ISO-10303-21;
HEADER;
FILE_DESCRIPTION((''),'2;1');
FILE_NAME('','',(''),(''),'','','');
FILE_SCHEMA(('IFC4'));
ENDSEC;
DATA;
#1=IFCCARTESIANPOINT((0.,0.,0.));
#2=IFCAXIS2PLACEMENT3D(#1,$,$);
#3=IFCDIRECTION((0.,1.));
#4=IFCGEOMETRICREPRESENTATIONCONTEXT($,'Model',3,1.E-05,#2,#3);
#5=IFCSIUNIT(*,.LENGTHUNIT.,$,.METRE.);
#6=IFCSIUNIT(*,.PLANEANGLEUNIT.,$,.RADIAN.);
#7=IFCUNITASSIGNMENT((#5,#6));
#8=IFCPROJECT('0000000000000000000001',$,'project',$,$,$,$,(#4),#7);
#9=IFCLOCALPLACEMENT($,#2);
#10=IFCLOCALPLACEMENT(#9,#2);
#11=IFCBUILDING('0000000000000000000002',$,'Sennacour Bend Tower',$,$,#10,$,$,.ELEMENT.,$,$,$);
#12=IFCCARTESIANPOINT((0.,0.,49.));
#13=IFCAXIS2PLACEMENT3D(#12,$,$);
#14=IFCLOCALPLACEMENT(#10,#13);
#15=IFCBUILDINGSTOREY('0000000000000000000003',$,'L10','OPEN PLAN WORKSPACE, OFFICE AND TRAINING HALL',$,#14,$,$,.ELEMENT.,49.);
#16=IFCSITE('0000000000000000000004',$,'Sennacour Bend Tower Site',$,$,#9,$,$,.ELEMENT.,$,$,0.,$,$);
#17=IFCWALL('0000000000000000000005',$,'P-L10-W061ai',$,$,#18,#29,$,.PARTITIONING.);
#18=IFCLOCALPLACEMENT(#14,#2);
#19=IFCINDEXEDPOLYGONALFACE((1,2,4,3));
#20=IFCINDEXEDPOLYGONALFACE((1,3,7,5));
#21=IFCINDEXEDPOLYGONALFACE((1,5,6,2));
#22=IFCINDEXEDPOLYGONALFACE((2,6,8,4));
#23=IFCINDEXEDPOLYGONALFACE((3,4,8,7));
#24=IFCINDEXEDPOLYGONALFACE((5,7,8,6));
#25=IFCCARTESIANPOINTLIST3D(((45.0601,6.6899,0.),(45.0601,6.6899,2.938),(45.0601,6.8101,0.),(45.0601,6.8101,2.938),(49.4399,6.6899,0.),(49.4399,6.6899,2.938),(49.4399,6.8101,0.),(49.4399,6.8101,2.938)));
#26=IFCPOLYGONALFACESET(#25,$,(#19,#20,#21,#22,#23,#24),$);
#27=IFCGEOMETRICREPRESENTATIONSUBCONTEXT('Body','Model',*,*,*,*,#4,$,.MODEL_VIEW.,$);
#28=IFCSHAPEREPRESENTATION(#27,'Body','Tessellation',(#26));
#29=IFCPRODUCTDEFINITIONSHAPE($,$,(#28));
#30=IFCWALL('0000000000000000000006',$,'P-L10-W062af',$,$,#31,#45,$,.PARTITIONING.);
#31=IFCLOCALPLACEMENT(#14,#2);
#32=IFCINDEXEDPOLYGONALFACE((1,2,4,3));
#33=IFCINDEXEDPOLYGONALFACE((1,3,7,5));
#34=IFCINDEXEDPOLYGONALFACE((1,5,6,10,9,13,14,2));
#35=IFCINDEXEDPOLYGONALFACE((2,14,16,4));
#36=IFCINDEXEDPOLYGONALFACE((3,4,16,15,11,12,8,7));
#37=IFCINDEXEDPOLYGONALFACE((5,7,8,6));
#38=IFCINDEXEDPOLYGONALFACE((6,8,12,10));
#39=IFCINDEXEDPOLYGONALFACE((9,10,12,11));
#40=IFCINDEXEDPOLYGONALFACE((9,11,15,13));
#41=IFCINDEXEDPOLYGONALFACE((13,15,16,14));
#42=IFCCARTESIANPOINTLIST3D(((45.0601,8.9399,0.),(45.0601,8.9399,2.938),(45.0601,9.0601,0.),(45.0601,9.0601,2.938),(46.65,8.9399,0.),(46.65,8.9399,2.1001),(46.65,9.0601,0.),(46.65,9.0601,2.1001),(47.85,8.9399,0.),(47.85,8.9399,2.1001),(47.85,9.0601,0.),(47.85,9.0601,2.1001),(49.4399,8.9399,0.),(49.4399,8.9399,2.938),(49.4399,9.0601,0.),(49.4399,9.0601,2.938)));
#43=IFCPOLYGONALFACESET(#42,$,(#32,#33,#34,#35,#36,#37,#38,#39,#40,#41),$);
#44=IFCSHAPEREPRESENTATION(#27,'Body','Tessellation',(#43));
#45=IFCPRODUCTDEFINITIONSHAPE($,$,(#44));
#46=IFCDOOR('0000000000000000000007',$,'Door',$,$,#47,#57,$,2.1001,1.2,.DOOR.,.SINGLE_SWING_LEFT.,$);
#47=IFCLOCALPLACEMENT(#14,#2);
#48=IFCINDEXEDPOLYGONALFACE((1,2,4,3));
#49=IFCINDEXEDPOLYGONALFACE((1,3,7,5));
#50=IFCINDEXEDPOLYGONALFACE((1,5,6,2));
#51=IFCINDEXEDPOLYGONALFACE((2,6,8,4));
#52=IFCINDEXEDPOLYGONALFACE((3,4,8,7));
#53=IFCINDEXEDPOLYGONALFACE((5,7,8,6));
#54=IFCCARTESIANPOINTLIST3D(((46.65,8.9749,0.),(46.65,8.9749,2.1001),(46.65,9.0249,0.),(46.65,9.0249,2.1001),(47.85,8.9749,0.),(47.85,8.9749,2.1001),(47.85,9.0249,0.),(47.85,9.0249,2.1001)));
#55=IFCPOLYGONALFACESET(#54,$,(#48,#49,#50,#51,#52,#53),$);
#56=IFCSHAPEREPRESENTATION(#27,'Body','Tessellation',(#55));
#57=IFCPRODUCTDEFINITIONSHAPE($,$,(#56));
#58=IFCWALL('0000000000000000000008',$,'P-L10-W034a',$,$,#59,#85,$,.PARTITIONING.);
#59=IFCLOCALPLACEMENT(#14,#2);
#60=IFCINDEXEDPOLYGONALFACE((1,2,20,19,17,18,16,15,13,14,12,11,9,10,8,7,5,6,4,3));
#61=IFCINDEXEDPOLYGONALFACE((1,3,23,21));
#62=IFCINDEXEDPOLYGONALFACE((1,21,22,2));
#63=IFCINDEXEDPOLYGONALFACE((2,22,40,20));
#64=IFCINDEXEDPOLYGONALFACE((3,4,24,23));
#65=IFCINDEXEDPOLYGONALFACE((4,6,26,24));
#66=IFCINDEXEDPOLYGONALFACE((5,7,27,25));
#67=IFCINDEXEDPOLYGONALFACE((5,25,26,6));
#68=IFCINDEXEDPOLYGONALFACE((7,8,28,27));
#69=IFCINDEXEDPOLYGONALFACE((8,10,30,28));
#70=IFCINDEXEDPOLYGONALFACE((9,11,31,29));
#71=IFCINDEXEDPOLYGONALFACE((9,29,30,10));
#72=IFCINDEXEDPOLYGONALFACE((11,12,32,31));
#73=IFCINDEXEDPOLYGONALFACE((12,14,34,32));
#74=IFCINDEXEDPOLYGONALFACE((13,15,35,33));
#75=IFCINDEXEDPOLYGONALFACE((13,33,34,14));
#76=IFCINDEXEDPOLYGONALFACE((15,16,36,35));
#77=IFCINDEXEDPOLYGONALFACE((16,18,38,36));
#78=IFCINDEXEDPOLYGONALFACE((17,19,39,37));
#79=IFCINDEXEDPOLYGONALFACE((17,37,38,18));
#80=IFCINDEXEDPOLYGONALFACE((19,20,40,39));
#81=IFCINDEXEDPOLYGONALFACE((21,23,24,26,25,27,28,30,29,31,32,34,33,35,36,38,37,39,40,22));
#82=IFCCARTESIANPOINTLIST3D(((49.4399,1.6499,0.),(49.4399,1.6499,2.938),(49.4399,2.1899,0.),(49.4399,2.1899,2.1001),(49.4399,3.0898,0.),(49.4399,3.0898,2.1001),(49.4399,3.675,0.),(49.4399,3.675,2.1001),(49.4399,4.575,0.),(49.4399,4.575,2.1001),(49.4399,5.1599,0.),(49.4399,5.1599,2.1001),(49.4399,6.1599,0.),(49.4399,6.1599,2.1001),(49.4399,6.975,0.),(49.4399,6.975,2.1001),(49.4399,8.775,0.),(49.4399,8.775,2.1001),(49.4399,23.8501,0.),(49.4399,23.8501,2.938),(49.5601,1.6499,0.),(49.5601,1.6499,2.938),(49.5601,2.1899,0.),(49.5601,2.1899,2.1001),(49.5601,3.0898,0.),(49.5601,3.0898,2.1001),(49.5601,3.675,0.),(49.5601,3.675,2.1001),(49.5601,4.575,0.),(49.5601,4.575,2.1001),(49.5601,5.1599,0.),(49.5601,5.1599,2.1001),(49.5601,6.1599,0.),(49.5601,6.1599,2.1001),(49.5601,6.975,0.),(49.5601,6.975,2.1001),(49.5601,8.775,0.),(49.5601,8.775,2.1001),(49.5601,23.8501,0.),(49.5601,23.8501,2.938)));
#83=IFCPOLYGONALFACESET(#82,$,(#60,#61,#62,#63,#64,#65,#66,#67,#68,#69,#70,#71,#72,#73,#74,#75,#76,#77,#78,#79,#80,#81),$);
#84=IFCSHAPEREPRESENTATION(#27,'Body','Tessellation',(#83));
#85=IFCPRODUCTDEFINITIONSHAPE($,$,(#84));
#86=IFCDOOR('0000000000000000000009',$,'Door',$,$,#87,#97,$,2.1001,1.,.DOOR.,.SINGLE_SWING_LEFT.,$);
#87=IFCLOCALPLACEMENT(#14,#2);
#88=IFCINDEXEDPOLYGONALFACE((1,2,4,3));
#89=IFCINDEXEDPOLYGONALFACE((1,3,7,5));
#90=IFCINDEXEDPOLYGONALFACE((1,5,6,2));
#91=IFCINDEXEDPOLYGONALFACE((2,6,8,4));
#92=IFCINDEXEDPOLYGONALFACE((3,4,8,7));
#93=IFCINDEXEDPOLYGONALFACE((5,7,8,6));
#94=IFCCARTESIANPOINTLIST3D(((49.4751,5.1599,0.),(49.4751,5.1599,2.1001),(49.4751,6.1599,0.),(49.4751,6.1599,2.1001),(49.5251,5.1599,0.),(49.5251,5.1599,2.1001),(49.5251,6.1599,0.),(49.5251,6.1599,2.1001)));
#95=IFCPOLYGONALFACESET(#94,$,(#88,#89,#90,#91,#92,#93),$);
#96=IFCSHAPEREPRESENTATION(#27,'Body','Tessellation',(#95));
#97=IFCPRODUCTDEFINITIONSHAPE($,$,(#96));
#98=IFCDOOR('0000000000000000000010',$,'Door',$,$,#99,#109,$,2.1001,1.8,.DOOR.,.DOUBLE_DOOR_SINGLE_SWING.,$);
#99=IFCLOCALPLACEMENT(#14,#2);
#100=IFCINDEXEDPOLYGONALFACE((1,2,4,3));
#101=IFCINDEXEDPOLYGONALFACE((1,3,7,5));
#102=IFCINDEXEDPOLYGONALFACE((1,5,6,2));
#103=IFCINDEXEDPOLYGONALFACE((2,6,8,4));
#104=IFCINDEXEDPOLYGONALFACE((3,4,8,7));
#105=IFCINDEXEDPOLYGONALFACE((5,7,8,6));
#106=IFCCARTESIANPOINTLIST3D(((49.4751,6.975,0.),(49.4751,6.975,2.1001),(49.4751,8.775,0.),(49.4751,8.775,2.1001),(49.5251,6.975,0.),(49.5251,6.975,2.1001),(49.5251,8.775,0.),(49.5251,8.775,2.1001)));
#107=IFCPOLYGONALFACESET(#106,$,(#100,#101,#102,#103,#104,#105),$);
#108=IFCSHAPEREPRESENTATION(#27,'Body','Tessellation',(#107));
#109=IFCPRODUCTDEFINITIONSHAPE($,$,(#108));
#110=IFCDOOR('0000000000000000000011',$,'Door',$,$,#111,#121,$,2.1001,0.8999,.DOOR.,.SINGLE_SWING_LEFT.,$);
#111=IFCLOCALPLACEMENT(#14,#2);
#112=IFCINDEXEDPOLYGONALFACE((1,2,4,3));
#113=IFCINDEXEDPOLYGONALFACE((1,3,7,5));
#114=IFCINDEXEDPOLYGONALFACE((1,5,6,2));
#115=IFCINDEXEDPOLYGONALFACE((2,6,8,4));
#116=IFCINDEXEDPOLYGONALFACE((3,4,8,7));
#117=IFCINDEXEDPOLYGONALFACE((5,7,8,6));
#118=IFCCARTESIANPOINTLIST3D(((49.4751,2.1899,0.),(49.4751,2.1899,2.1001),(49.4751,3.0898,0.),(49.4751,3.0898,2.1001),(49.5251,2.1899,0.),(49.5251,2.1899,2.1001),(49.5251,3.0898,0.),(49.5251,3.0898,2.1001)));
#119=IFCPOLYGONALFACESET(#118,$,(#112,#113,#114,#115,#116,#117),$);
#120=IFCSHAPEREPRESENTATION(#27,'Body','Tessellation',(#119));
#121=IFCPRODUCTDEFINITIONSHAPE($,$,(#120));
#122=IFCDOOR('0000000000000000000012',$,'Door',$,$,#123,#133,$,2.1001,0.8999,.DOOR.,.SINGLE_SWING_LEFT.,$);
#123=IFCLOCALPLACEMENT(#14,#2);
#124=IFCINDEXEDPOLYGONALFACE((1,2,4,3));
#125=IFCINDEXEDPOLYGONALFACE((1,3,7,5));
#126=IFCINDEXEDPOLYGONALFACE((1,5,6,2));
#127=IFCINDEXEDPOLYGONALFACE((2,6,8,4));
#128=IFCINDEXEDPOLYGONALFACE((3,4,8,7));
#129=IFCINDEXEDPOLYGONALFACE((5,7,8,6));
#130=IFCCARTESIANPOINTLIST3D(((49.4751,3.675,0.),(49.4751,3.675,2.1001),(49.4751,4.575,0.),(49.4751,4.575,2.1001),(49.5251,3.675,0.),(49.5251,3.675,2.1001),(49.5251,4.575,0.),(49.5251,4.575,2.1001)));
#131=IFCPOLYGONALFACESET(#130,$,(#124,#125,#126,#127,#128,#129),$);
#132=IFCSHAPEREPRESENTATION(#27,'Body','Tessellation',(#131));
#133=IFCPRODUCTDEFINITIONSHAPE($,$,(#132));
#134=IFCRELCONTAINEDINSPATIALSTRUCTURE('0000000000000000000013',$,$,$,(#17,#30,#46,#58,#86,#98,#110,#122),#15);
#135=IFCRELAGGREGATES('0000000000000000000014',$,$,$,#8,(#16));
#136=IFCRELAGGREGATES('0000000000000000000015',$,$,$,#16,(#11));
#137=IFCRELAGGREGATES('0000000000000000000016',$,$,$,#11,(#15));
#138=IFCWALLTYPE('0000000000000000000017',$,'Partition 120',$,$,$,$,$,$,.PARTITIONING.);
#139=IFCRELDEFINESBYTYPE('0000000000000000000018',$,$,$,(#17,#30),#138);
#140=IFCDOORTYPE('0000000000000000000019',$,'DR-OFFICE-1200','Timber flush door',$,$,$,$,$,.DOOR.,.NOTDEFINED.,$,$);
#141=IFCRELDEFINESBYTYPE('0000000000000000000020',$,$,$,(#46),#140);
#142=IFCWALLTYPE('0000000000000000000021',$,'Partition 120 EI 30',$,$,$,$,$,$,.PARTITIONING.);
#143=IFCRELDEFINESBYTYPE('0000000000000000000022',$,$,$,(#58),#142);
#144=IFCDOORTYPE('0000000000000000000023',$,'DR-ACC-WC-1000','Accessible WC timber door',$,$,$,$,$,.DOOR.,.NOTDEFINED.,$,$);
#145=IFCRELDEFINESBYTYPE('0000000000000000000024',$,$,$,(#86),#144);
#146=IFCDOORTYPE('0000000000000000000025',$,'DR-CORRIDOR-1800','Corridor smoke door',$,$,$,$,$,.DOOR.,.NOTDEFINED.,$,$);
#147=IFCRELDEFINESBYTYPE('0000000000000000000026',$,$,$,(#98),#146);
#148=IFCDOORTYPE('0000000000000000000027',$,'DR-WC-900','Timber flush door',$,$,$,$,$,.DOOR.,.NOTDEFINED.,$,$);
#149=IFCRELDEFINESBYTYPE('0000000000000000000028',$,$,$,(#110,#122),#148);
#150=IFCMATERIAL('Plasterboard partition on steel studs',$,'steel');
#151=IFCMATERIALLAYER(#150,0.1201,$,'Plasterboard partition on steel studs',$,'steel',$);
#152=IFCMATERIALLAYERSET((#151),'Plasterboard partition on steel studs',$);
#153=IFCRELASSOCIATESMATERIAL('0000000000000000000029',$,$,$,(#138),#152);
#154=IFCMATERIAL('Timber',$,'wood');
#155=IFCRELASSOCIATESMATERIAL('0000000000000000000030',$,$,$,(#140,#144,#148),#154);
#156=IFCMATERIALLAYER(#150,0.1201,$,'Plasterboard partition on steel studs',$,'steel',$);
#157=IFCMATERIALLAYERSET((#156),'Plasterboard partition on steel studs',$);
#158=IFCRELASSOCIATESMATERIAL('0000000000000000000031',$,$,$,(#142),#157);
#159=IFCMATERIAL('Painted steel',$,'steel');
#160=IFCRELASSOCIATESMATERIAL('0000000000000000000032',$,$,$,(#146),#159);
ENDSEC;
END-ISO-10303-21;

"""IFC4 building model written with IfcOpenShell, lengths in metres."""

from ifc_helpers import new_model, si_unit, direction, frame, frame_2d, origin, place, context, subcontext, project, spatial, rectangle, extrude, material, layer, layer_set, type_object, element, fill, save


model = new_model("IFC4")

# Units and contexts
model_context = context("Model", 3, precision=1e-05, world=origin(), true_north=direction((0.0, 1.0)))
body_context = subcontext(model_context, "Body", "Model", "MODEL_VIEW")
ifc_project = project(units=[si_unit("LENGTHUNIT", "METRE"), si_unit("PLANEANGLEUNIT", "RADIAN")], contexts=[model_context])

# Site, building, storey
site_placement = place(None, origin())
site = spatial("IfcSite", under=ifc_project, at=site_placement, Name="Sennacour Bend Tower Site", CompositionType="ELEMENT", RefElevation=0.0)
building_placement = place(site_placement, origin())
building = spatial("IfcBuilding", under=site, at=building_placement, Name="Sennacour Bend Tower", CompositionType="ELEMENT")
storey_placement = place(building_placement, frame((0.0, 0.0, 49.0)))
storey = spatial("IfcBuildingStorey", under=building, at=storey_placement, Name="L10", Description="OPEN PLAN WORKSPACE, OFFICE AND TRAINING HALL", CompositionType="ELEMENT", Elevation=49.0)

# Wall
ifc_material_1 = material(Name="Plasterboard partition on steel studs", Category="steel")
ifc_layer_1 = layer(ifc_material_1, 0.1201, Name="Plasterboard partition on steel studs", Category="steel")
ifc_layer_set_1 = layer_set([ifc_layer_1], Name="Plasterboard partition on steel studs")
wall_type_1 = type_object("IfcWallType", Name="Partition 120", PredefinedType="PARTITIONING", material=ifc_layer_set_1)
for number, where, z_axis, x_axis, name in (
    (1, (45.0601, 6.75, 0.0), (0.0, 0.0, 1.0), (1.0, 0.0, 0.0), "P-L10-W061ai"),
):
    element("IfcWall", number, at=place(storey_placement, frame(where, z_axis=z_axis, x_axis=x_axis)), inside=storey, type_object=wall_type_1, Name=name, PredefinedType="PARTITIONING", context=body_context, shape_type="SweptSolid", body=[
        extrude(rectangle(XDim=4.3799, YDim=0.1201, at=frame_2d((2.1899, 0.0))), origin(), (0.0, 0.0, 1.0), 2.938),
    ])

# Wall, opening, door
wall_1_placement = place(storey_placement, frame((45.0601, 9.0, 0.0), z_axis=(0.0, 0.0, 1.0), x_axis=(1.0, 0.0, 0.0)))
wall_1 = element("IfcWall", 2, at=wall_1_placement, inside=storey, type_object=wall_type_1, Name="P-L10-W062af", PredefinedType="PARTITIONING", context=body_context, shape_type="SweptSolid", body=[
    extrude(rectangle(XDim=4.3799, YDim=0.1201, at=frame_2d((2.1899, 0.0))), origin(), (0.0, 0.0, 1.0), 2.938),
])
opening_1_placement = place(wall_1_placement, frame((1.5898, 0.0, 0.0)))
opening_1 = element("IfcOpeningElement", 3, at=opening_1_placement, cuts=wall_1, PredefinedType="OPENING", context=body_context, shape_type="SweptSolid", body=[
    extrude(rectangle(XDim=1.2, YDim=2.1001, at=frame_2d((0.6001, 1.05))), frame((0.0, 0.0701, 0.0), z_axis=(0.0, -1.0, 0.0), x_axis=(1.0, 0.0, 0.0)), (0.0, 0.0, 1.0), 0.1401),
])
ifc_material_2 = material(Name="Timber", Category="wood")
door_type_1 = type_object("IfcDoorType", Name="DR-OFFICE-1200", Description="Timber flush door", OperationType="NOTDEFINED", PredefinedType="DOOR", material=ifc_material_2)
door_1_placement = place(opening_1_placement, origin())
door_1 = element("IfcDoor", 4, at=door_1_placement, inside=storey, type_object=door_type_1, Name="Door", OperationType="SINGLE_SWING_LEFT", OverallHeight=2.1001, OverallWidth=1.2, PredefinedType="DOOR", context=body_context, shape_type="SweptSolid", body=[
    extrude(rectangle(XDim=1.2, YDim=2.1001, at=frame_2d((0.6001, 1.05))), frame((0.0, 0.0249, 0.0), z_axis=(0.0, -1.0, 0.0), x_axis=(1.0, 0.0, 0.0)), (0.0, 0.0, 1.0), 0.05),
])
fill(opening_1, door_1)

# Wall, openings, doors
ifc_layer_2 = layer(ifc_material_1, 0.1201, Name="Plasterboard partition on steel studs", Category="steel")
ifc_layer_set_2 = layer_set([ifc_layer_2], Name="Plasterboard partition on steel studs")
wall_type_2 = type_object("IfcWallType", Name="Partition 120 EI 30", PredefinedType="PARTITIONING", material=ifc_layer_set_2)
wall_2_placement = place(storey_placement, frame((49.5, 1.6499, 0.0), z_axis=(0.0, 0.0, 1.0), x_axis=(0.0, 1.0, 0.0)))
wall_2 = element("IfcWall", 5, at=wall_2_placement, inside=storey, type_object=wall_type_2, Name="P-L10-W034a", PredefinedType="PARTITIONING", context=body_context, shape_type="SweptSolid", body=[
    extrude(rectangle(XDim=22.2002, YDim=0.1201, at=frame_2d((11.1001, 0.0))), origin(), (0.0, 0.0, 1.0), 2.938),
])
opening_2_placement = place(wall_2_placement, frame((5.3252, 0.0, 0.0)))
opening_2 = element("IfcOpeningElement", 6, at=opening_2_placement, cuts=wall_2, PredefinedType="OPENING", context=body_context, shape_type="SweptSolid", body=[
    extrude(rectangle(XDim=1.8, YDim=2.1001, at=frame_2d((0.8999, 1.05))), frame((0.0, 0.0701, 0.0), z_axis=(0.0, -1.0, 0.0), x_axis=(1.0, 0.0, 0.0)), (0.0, 0.0, 1.0), 0.1401),
])
opening_3_placement = place(wall_2_placement, frame((0.54, 0.0, 0.0)))
opening_3 = element("IfcOpeningElement", 7, at=opening_3_placement, cuts=wall_2, PredefinedType="OPENING", context=body_context, shape_type="SweptSolid", body=[
    extrude(rectangle(XDim=0.8999, YDim=2.1001, at=frame_2d((0.45, 1.05))), frame((0.0, 0.0701, 0.0), z_axis=(0.0, -1.0, 0.0), x_axis=(1.0, 0.0, 0.0)), (0.0, 0.0, 1.0), 0.1401),
])
opening_4_placement = place(wall_2_placement, frame((2.0251, 0.0, 0.0)))
opening_4 = element("IfcOpeningElement", 8, at=opening_4_placement, cuts=wall_2, PredefinedType="OPENING", context=body_context, shape_type="SweptSolid", body=[
    extrude(rectangle(XDim=0.8999, YDim=2.1001, at=frame_2d((0.45, 1.05))), frame((0.0, 0.0701, 0.0), z_axis=(0.0, -1.0, 0.0), x_axis=(1.0, 0.0, 0.0)), (0.0, 0.0, 1.0), 0.1401),
])
opening_5_placement = place(wall_2_placement, frame((3.51, 0.0, 0.0)))
opening_5 = element("IfcOpeningElement", 9, at=opening_5_placement, cuts=wall_2, PredefinedType="OPENING", context=body_context, shape_type="SweptSolid", body=[
    extrude(rectangle(XDim=1.0, YDim=2.1001, at=frame_2d((0.5, 1.05))), frame((0.0, 0.0701, 0.0), z_axis=(0.0, -1.0, 0.0), x_axis=(1.0, 0.0, 0.0)), (0.0, 0.0, 1.0), 0.1401),
])
door_type_2 = type_object("IfcDoorType", Name="DR-ACC-WC-1000", Description="Accessible WC timber door", OperationType="NOTDEFINED", PredefinedType="DOOR", material=ifc_material_2)
door_2_placement = place(opening_5_placement, origin())
door_2 = element("IfcDoor", 10, at=door_2_placement, inside=storey, type_object=door_type_2, Name="Door", OperationType="SINGLE_SWING_LEFT", OverallHeight=2.1001, OverallWidth=1.0, PredefinedType="DOOR", context=body_context, shape_type="SweptSolid", body=[
    extrude(rectangle(XDim=1.0, YDim=2.1001, at=frame_2d((0.5, 1.05))), frame((0.0, 0.0249, 0.0), z_axis=(0.0, -1.0, 0.0), x_axis=(1.0, 0.0, 0.0)), (0.0, 0.0, 1.0), 0.05),
])
fill(opening_5, door_2)
ifc_material_3 = material(Name="Painted steel", Category="steel")
door_type_3 = type_object("IfcDoorType", Name="DR-CORRIDOR-1800", Description="Corridor smoke door", OperationType="NOTDEFINED", PredefinedType="DOOR", material=ifc_material_3)
door_3_placement = place(opening_2_placement, origin())
door_3 = element("IfcDoor", 11, at=door_3_placement, inside=storey, type_object=door_type_3, Name="Door", OperationType="DOUBLE_DOOR_SINGLE_SWING", OverallHeight=2.1001, OverallWidth=1.8, PredefinedType="DOOR", context=body_context, shape_type="SweptSolid", body=[
    extrude(rectangle(XDim=1.8, YDim=2.1001, at=frame_2d((0.8999, 1.05))), frame((0.0, 0.0249, 0.0), z_axis=(0.0, -1.0, 0.0), x_axis=(1.0, 0.0, 0.0)), (0.0, 0.0, 1.0), 0.05),
])
fill(opening_2, door_3)
door_type_4 = type_object("IfcDoorType", Name="DR-WC-900", Description="Timber flush door", OperationType="NOTDEFINED", PredefinedType="DOOR", material=ifc_material_2)
door_4_placement = place(opening_3_placement, origin())
door_4 = element("IfcDoor", 12, at=door_4_placement, inside=storey, type_object=door_type_4, Name="Door", OperationType="SINGLE_SWING_LEFT", OverallHeight=2.1001, OverallWidth=0.8999, PredefinedType="DOOR", context=body_context, shape_type="SweptSolid", body=[
    extrude(rectangle(XDim=0.8999, YDim=2.1001, at=frame_2d((0.45, 1.05))), frame((0.0, 0.0249, 0.0), z_axis=(0.0, -1.0, 0.0), x_axis=(1.0, 0.0, 0.0)), (0.0, 0.0, 1.0), 0.05),
])
fill(opening_3, door_4)
door_5_placement = place(opening_4_placement, origin())
door_5 = element("IfcDoor", 13, at=door_5_placement, inside=storey, type_object=door_type_4, Name="Door", OperationType="SINGLE_SWING_LEFT", OverallHeight=2.1001, OverallWidth=0.8999, PredefinedType="DOOR", context=body_context, shape_type="SweptSolid", body=[
    extrude(rectangle(XDim=0.8999, YDim=2.1001, at=frame_2d((0.45, 1.05))), frame((0.0, 0.0249, 0.0), z_axis=(0.0, -1.0, 0.0), x_axis=(1.0, 0.0, 0.0)), (0.0, 0.0, 1.0), 0.05),
])
fill(opening_4, door_5)

save(model, "model.ifc")
